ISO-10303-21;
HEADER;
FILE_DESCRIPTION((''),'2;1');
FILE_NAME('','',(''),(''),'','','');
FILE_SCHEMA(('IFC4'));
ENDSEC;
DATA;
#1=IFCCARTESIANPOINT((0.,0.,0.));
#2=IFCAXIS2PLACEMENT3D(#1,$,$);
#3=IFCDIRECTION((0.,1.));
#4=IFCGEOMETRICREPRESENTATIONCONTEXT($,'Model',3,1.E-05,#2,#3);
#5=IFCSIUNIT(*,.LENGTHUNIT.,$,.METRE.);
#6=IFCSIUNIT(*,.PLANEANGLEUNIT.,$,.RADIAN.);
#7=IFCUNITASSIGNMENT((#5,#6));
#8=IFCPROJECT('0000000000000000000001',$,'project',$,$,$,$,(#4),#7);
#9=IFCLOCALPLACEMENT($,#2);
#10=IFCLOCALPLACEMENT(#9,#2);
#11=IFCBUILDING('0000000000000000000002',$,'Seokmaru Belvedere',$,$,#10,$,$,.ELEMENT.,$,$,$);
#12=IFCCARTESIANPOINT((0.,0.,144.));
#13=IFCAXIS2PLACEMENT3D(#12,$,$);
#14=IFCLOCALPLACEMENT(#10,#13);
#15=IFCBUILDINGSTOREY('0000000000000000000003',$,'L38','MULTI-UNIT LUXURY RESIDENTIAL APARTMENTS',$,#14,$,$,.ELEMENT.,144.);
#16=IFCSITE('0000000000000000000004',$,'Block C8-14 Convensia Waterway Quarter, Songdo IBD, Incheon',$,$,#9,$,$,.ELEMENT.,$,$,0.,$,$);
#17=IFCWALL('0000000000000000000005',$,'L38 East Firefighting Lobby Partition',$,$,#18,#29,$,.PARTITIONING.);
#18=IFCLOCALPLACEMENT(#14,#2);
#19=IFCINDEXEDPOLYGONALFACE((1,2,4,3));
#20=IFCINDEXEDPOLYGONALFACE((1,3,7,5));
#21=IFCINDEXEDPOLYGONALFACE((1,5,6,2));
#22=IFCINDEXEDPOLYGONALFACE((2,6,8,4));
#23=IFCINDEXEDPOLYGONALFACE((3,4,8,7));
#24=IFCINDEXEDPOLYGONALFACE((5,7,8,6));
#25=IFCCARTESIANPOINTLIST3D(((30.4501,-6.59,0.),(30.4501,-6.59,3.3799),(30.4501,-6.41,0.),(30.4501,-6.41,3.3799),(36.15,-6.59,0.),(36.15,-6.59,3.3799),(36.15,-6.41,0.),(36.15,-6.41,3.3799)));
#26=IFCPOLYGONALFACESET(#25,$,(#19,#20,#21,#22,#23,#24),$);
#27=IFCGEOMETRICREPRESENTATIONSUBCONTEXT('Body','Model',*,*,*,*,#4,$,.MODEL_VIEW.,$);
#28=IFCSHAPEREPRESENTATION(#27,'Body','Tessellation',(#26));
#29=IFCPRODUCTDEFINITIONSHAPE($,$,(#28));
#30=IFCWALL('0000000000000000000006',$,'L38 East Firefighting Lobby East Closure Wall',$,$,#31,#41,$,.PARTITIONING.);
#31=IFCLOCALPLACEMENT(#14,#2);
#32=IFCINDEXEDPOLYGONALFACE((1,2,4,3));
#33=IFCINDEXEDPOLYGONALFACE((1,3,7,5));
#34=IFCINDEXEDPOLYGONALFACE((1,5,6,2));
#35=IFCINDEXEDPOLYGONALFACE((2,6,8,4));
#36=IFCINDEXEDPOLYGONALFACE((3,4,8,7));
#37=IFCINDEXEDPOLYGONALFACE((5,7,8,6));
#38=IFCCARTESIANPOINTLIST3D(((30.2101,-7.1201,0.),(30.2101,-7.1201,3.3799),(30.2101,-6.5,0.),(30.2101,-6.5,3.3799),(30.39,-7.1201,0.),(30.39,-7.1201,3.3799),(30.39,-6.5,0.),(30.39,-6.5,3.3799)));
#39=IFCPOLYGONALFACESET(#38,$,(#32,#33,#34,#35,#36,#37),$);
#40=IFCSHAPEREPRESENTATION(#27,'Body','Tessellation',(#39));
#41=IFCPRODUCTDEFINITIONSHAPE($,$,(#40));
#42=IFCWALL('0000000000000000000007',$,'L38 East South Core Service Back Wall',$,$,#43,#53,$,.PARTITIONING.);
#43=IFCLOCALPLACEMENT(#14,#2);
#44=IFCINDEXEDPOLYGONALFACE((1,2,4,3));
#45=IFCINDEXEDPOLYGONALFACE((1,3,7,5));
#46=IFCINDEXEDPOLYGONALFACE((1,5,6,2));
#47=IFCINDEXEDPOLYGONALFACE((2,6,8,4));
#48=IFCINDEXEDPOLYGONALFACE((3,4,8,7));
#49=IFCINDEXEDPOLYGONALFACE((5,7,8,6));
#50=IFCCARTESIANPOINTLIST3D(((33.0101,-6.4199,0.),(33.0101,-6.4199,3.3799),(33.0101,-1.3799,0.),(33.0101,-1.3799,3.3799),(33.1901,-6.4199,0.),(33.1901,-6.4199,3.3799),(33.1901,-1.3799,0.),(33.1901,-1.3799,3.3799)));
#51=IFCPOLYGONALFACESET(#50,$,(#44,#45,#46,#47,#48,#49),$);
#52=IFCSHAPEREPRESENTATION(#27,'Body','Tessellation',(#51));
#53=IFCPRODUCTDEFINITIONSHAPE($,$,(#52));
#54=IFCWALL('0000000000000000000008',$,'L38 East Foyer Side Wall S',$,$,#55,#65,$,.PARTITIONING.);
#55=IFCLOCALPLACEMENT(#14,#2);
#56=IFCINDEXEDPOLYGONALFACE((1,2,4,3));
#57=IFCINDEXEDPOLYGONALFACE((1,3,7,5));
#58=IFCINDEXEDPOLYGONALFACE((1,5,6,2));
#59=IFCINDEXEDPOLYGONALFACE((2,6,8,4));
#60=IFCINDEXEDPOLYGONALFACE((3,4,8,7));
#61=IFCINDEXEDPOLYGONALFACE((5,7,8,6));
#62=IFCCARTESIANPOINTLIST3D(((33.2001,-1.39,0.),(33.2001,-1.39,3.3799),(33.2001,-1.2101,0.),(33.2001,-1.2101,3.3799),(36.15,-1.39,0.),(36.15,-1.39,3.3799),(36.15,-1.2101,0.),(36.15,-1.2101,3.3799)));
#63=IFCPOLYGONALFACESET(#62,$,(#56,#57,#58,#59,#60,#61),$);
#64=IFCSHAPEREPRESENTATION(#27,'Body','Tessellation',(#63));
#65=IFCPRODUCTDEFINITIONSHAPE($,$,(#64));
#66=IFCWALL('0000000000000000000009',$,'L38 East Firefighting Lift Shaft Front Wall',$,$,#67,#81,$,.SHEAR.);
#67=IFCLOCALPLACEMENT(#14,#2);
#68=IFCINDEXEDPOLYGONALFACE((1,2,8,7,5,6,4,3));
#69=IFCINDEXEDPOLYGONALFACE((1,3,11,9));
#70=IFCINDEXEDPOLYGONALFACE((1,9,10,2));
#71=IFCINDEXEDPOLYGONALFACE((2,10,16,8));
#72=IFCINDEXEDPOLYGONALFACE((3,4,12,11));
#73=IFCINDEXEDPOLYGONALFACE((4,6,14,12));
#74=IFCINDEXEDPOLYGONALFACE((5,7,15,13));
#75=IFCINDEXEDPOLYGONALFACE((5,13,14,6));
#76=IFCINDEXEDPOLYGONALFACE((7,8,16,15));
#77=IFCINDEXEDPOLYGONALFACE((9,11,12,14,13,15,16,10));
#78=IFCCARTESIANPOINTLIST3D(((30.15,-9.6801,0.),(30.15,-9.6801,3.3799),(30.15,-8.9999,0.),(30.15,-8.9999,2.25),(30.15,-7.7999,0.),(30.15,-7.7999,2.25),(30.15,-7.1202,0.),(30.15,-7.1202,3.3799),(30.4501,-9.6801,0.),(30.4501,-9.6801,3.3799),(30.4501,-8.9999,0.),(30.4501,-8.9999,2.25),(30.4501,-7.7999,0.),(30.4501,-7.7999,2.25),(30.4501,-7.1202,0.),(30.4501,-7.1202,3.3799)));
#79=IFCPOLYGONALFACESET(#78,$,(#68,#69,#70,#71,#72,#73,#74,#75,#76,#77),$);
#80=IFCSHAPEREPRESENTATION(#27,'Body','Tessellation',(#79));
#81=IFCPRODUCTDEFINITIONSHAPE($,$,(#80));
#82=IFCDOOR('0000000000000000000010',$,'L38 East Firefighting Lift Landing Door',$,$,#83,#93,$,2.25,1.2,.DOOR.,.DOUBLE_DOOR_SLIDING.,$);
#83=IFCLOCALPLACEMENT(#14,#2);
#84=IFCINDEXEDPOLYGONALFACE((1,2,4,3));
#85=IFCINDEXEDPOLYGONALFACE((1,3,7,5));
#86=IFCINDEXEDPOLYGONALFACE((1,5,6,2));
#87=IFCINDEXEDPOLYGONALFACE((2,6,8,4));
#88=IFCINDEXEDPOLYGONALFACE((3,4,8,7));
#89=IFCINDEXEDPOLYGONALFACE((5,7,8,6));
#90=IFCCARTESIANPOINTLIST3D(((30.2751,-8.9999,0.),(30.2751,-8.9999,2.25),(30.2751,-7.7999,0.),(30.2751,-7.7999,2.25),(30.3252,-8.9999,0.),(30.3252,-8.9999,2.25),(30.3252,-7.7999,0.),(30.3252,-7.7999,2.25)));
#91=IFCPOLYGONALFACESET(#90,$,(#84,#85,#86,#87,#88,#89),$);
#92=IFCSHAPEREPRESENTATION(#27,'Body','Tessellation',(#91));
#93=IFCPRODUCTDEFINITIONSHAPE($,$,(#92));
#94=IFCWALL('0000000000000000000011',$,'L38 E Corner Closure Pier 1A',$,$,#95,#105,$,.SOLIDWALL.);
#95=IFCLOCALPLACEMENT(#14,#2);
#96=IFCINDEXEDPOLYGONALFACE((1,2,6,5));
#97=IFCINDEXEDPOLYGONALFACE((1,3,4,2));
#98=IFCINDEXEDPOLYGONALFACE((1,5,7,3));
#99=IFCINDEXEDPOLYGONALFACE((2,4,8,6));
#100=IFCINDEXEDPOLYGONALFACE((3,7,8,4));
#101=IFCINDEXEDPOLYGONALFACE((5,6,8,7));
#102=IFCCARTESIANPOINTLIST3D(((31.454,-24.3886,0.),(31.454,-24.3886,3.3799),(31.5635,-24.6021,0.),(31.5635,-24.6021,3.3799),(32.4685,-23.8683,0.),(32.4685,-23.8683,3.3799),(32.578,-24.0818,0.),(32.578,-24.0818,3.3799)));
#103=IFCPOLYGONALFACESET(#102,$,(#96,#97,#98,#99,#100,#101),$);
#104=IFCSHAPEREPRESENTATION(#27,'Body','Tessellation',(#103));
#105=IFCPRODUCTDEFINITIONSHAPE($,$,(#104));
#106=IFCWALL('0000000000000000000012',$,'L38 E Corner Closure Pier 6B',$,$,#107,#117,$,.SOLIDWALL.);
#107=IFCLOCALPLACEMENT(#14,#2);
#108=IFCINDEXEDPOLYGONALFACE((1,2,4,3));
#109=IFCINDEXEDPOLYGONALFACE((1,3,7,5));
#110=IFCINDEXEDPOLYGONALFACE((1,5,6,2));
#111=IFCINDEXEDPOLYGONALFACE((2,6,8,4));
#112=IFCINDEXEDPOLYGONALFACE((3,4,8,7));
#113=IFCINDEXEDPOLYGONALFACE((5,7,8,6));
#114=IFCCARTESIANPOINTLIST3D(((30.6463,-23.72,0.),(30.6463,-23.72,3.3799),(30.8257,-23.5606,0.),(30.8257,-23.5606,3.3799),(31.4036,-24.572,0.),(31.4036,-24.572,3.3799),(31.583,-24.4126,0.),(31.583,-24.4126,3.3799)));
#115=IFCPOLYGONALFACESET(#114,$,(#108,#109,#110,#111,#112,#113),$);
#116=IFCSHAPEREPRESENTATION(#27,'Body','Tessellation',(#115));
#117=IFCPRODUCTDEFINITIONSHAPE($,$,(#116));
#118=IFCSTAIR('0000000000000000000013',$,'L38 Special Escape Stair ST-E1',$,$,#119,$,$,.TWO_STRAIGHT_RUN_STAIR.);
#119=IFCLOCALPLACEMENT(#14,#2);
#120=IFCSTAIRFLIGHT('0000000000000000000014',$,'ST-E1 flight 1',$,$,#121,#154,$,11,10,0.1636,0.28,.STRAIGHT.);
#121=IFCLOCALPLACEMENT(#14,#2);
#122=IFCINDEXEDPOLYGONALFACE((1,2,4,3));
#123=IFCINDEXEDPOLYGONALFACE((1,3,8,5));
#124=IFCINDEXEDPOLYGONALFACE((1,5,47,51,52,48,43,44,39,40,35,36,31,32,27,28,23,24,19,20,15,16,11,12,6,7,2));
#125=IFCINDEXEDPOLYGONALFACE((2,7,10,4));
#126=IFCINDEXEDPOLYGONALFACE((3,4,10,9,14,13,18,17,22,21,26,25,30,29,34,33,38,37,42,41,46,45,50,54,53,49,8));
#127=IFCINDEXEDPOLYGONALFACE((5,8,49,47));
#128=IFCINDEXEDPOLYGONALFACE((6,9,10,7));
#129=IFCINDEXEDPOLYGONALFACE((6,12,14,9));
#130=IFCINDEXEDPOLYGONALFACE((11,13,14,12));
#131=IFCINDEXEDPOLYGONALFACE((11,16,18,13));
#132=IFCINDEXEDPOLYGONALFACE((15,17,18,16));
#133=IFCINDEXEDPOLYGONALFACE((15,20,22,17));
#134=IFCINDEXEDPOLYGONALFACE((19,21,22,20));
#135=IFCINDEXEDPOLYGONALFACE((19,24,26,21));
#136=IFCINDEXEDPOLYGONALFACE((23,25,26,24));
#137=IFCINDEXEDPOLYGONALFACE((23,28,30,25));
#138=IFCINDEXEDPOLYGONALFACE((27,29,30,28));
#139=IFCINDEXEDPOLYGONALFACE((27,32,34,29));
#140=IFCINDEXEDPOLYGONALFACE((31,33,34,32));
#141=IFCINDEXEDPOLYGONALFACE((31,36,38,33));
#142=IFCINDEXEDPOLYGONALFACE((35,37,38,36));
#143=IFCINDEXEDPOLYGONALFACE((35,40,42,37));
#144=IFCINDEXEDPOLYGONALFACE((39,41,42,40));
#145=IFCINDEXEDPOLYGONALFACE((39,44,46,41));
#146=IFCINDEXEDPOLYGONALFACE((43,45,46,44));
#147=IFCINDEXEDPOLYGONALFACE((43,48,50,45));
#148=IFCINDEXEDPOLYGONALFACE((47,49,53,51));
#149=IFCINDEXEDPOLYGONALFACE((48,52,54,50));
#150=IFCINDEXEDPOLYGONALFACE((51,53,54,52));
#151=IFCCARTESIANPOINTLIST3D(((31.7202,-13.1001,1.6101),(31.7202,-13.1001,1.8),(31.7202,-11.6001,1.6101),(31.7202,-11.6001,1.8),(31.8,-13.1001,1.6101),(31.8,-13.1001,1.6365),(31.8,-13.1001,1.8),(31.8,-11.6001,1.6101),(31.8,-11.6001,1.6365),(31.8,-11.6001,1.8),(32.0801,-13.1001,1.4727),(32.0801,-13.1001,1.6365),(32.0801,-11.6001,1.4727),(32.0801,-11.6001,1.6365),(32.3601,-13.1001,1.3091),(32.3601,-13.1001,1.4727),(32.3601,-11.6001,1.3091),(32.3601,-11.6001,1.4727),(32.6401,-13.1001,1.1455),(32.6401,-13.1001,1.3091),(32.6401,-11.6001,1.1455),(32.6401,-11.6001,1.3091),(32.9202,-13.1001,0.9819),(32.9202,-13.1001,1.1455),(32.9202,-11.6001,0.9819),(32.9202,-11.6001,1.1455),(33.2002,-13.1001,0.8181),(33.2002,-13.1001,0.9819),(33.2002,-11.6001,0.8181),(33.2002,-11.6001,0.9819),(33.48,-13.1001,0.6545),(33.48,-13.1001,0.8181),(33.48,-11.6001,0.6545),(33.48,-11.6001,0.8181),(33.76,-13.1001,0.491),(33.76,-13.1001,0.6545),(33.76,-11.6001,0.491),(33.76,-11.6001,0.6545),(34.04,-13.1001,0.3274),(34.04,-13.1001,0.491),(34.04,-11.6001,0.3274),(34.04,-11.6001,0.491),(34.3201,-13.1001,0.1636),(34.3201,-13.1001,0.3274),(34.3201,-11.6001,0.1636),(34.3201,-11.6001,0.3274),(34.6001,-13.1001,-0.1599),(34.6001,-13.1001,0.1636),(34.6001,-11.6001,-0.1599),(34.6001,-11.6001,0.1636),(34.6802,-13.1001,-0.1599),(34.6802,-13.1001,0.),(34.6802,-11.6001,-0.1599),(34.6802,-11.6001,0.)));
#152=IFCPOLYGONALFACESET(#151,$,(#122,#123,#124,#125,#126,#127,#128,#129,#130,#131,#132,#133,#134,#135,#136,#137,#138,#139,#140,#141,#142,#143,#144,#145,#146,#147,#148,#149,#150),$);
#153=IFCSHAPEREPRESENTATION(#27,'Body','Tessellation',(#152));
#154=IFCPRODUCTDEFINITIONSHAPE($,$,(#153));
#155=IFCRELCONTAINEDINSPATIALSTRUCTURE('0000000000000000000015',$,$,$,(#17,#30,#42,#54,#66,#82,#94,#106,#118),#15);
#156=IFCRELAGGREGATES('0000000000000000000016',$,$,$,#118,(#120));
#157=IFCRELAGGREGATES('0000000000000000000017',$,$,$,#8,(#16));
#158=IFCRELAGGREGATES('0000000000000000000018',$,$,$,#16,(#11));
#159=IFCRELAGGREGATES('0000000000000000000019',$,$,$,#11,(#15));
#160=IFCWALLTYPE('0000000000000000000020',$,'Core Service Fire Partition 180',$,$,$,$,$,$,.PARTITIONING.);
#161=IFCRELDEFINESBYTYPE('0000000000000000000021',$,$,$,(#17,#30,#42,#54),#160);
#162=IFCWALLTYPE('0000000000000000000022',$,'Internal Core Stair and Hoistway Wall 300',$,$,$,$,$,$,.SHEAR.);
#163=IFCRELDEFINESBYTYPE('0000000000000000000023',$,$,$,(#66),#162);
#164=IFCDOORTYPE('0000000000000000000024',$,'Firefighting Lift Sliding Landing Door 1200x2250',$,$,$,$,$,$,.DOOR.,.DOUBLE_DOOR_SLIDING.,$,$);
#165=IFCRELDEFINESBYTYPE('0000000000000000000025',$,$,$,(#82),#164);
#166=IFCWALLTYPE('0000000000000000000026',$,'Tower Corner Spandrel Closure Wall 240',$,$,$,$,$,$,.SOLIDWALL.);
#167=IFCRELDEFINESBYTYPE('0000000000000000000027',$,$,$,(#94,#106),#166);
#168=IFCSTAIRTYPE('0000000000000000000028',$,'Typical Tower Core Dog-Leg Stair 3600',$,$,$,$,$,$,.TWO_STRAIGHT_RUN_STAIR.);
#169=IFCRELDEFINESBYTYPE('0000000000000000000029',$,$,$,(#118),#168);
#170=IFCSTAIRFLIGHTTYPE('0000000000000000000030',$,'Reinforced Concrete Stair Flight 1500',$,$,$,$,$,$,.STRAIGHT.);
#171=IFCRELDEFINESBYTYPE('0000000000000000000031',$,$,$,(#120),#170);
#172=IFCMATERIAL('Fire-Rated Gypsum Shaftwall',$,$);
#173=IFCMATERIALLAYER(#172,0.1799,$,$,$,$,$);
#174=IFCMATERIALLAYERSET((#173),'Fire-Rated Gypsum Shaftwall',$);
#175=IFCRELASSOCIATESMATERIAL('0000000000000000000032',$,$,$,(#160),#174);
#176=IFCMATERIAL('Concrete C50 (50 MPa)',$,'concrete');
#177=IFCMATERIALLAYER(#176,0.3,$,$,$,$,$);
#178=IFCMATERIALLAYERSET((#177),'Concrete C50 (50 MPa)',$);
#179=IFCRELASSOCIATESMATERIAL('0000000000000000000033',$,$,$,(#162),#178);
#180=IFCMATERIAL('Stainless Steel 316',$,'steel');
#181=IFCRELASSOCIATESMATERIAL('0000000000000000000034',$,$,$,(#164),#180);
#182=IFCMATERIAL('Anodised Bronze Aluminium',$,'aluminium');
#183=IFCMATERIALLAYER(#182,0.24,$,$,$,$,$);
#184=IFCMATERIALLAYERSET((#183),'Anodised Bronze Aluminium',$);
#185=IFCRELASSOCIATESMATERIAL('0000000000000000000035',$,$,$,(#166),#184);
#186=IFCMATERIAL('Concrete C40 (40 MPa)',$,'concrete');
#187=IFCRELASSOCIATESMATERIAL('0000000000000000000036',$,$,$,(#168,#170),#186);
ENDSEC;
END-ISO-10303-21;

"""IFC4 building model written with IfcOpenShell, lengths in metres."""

from ifc_helpers import new_model, si_unit, direction, frame, frame_2d, origin, place, context, subcontext, project, spatial, polyline, rectangle, outline, extrude, source, transform, mapped, material, layer, layer_set, type_object, type_shapes, element, fill, aggregate, save


model = new_model("IFC4")

# Units and contexts
model_context = context("Model", 3, precision=1e-05, world=origin(), true_north=direction((0.0, 1.0)))
body_context = subcontext(model_context, "Body", "Model", "MODEL_VIEW")
ifc_project = project(units=[si_unit("LENGTHUNIT", "METRE"), si_unit("PLANEANGLEUNIT", "RADIAN")], contexts=[model_context])

# Site, building, storey
site_placement = place(None, origin())
site = spatial("IfcSite", under=ifc_project, at=site_placement, Name="Block C8-14 Convensia Waterway Quarter, Songdo IBD, Incheon", CompositionType="ELEMENT", RefElevation=0.0)
building_placement = place(site_placement, origin())
building = spatial("IfcBuilding", under=site, at=building_placement, Name="Seokmaru Belvedere", CompositionType="ELEMENT")
storey_placement = place(building_placement, frame((0.0, 0.0, 144.0)))
storey = spatial("IfcBuildingStorey", under=building, at=storey_placement, Name="L38", Description="MULTI-UNIT LUXURY RESIDENTIAL APARTMENTS", CompositionType="ELEMENT", Elevation=144.0)

# Shared definitions
ifc_material_1 = material(Name="Anodised Bronze Aluminium", Category="aluminium")

# Walls
ifc_material_2 = material(Name="Fire-Rated Gypsum Shaftwall")
ifc_layer_1 = layer(ifc_material_2, 0.1799)
ifc_layer_set_1 = layer_set([ifc_layer_1], Name="Fire-Rated Gypsum Shaftwall")
wall_type_1 = type_object("IfcWallType", Name="Core Service Fire Partition 180", PredefinedType="PARTITIONING", material=ifc_layer_set_1)
wall_1_placement = place(storey_placement, frame((30.45, -6.5, 0.0), z_axis=(0.0, 0.0, 1.0), x_axis=(1.0, 0.0, 0.0)))
element("IfcWall", 1, at=wall_1_placement, inside=storey, type_object=wall_type_1, Name="L38 East Firefighting Lobby Partition", PredefinedType="PARTITIONING", context=body_context, shape_type="SweptSolid", body=[
    extrude(rectangle(XDim=5.7, YDim=0.1799, at=frame_2d((2.8501, 0.0))), origin(), (0.0, 0.0, 1.0), 3.3799),
])
wall_2_placement = place(storey_placement, frame((30.3, -7.1201, 0.0), z_axis=(0.0, 0.0, 1.0), x_axis=(0.0, 1.0, 0.0)))
element("IfcWall", 2, at=wall_2_placement, inside=storey, type_object=wall_type_1, Name="L38 East Firefighting Lobby East Closure Wall", PredefinedType="PARTITIONING", context=body_context, shape_type="SweptSolid", body=[
    extrude(rectangle(XDim=0.6201, YDim=0.1799, at=frame_2d((0.3101, 0.0))), origin(), (0.0, 0.0, 1.0), 3.3799),
])
wall_3_placement = place(storey_placement, frame((33.1001, -6.4199, 0.0), z_axis=(0.0, 0.0, 1.0), x_axis=(0.0, 1.0, 0.0)))
element("IfcWall", 3, at=wall_3_placement, inside=storey, type_object=wall_type_1, Name="L38 East South Core Service Back Wall", PredefinedType="PARTITIONING", context=body_context, shape_type="SweptSolid", body=[
    extrude(rectangle(XDim=5.04, YDim=0.1799, at=frame_2d((2.52, 0.0))), origin(), (0.0, 0.0, 1.0), 3.3799),
])
wall_4_placement = place(storey_placement, frame((33.2, -1.3, 0.0), z_axis=(0.0, 0.0, 1.0), x_axis=(1.0, 0.0, 0.0)))
element("IfcWall", 4, at=wall_4_placement, inside=storey, type_object=wall_type_1, Name="L38 East Foyer Side Wall S", PredefinedType="PARTITIONING", context=body_context, shape_type="SweptSolid", body=[
    extrude(rectangle(XDim=2.95, YDim=0.1799, at=frame_2d((1.4751, 0.0))), origin(), (0.0, 0.0, 1.0), 3.3799),
])

# Wall, opening, door
ifc_material_3 = material(Name="Concrete C50 (50 MPa)", Category="concrete")
ifc_layer_2 = layer(ifc_material_3, 0.3)
ifc_layer_set_2 = layer_set([ifc_layer_2], Name="Concrete C50 (50 MPa)")
wall_type_2 = type_object("IfcWallType", Name="Internal Core Stair and Hoistway Wall 300", PredefinedType="SHEAR", material=ifc_layer_set_2)
wall_5_placement = place(storey_placement, frame((30.3, -9.6799, 0.0), z_axis=(0.0, 0.0, 1.0), x_axis=(0.0, 1.0, 0.0)))
wall_5 = element("IfcWall", 5, at=wall_5_placement, inside=storey, type_object=wall_type_2, Name="L38 East Firefighting Lift Shaft Front Wall", PredefinedType="SHEAR", context=body_context, shape_type="SweptSolid", body=[
    extrude(rectangle(XDim=2.5598, YDim=0.3, at=frame_2d((1.2798, 0.0))), origin(), (0.0, 0.0, 1.0), 3.3799),
])
opening_placement = place(wall_5_placement, frame((0.6799, 0.0, 0.0)))
opening = element("IfcOpeningElement", 6, at=opening_placement, cuts=wall_5, PredefinedType="OPENING", context=body_context, shape_type="SweptSolid", body=[
    extrude(rectangle(XDim=1.2, YDim=2.25, at=frame_2d((0.6001, 1.125))), frame((0.0, 0.1602, 0.0), z_axis=(0.0, -1.0, 0.0), x_axis=(1.0, 0.0, 0.0)), (0.0, 0.0, 1.0), 0.3201),
])
ifc_material_4 = material(Name="Stainless Steel 316", Category="steel")
door_type = type_object("IfcDoorType", Name="Firefighting Lift Sliding Landing Door 1200x2250", OperationType="DOUBLE_DOOR_SLIDING", PredefinedType="DOOR", material=ifc_material_4)
shared_shape_1 = source(origin(), body_context, "Body", "SweptSolid", [
    extrude(rectangle(XDim=1.2, YDim=2.25, at=frame_2d((0.6001, 1.125))), frame((0.0, 0.0249, 0.0), z_axis=(0.0, -1.0, 0.0), x_axis=(1.0, 0.0, 0.0)), (0.0, 0.0, 1.0), 0.05),
])
type_shapes(door_type, [shared_shape_1])
door_placement = place(opening_placement, origin())
door = element("IfcDoor", 7, at=door_placement, inside=storey, type_object=door_type, Name="L38 East Firefighting Lift Landing Door", OperationType="DOUBLE_DOOR_SLIDING", OverallHeight=2.25, OverallWidth=1.2, PredefinedType="DOOR", context=body_context, shape_type="MappedRepresentation", body=[
    mapped(shared_shape_1, transform((0.0, 0.0, 0.0), scale=1.0)),
])
fill(opening, door)

# Walls
ifc_layer_3 = layer(ifc_material_1, 0.24)
ifc_layer_set_3 = layer_set([ifc_layer_3], Name="Anodised Bronze Aluminium")
wall_type_3 = type_object("IfcWallType", Name="Tower Corner Spandrel Closure Wall 240", PredefinedType="SOLIDWALL", material=ifc_layer_set_3)
wall_6_placement = place(storey_placement, frame((31.5088, -24.4954, 0.0), z_axis=(0.0, 0.0, 1.0), x_axis=(0.889797, 0.456356, 0.0)))
element("IfcWall", 8, at=wall_6_placement, inside=storey, type_object=wall_type_3, Name="L38 E Corner Closure Pier 1A", PredefinedType="SOLIDWALL", context=body_context, shape_type="SweptSolid", body=[
    extrude(rectangle(XDim=1.1401, YDim=0.24, at=frame_2d((0.5701, 0.0))), origin(), (0.0, 0.0, 1.0), 3.3799),
])
wall_7_placement = place(storey_placement, frame((30.7361, -23.6404, 0.0), z_axis=(0.0, 0.0, 1.0), x_axis=(0.664337, -0.747433, 0.0)))
element("IfcWall", 9, at=wall_7_placement, inside=storey, type_object=wall_type_3, Name="L38 E Corner Closure Pier 6B", PredefinedType="SOLIDWALL", context=body_context, shape_type="SweptSolid", body=[
    extrude(rectangle(XDim=1.1399, YDim=0.24, at=frame_2d((0.5698, 0.0))), origin(), (0.0, 0.0, 1.0), 3.3799),
])

# Stair, stair flight
ifc_material_5 = material(Name="Concrete C40 (40 MPa)", Category="concrete")
stair_type = type_object("IfcStairType", Name="Typical Tower Core Dog-Leg Stair 3600", PredefinedType="TWO_STRAIGHT_RUN_STAIR", material=ifc_material_5)
stair_placement = place(storey_placement, origin())
stair = element("IfcStair", 10, at=stair_placement, inside=storey, type_object=stair_type, Name="L38 Special Escape Stair ST-E1", PredefinedType="TWO_STRAIGHT_RUN_STAIR")
stair_flight_type = type_object("IfcStairFlightType", Name="Reinforced Concrete Stair Flight 1500", PredefinedType="STRAIGHT", material=ifc_material_5)
stair_flight_1_placement = place(storey_placement, frame((34.6001, -12.3501, 0.0), z_axis=(0.0, 0.0, 1.0), x_axis=(-1.0, 0.0, 0.0)))
stair_flight_1 = element("IfcStairFlight", 11, at=stair_flight_1_placement, type_object=stair_flight_type, Name="ST-E1 flight 1", NumberOfRisers=11, NumberOfTreads=10, PredefinedType="STRAIGHT", RiserHeight=0.1636, TreadLength=0.28, context=body_context, shape_type="SweptSolid", body=[
    extrude(outline(polyline([(-0.0801, 0.0), (0.0, 0.1636), (0.28, 0.1636), (0.28, 0.3274), (0.5601, 0.3274), (0.5601, 0.491), (0.8401, 0.491), (0.8401, 0.6545), (1.1201, 0.6545), (1.1201, 0.8181), (1.3999, 0.8181), (1.3999, 0.9819), (1.6799, 0.9819), (1.6799, 1.1455), (1.96, 1.1455), (1.96, 1.3091), (2.24, 1.3091), (2.24, 1.4727), (2.52, 1.4727), (2.52, 1.6365), (2.8, 1.6365), (2.8, 1.8), (2.8799, 1.8), (2.8799, 1.6101), (2.8, 1.6101), (0.0, -0.1599), (-0.0801, -0.1599), (-0.0801, 0.0)])), frame((0.0, 0.75, 0.0), z_axis=(0.0, -1.0, 0.0), x_axis=(1.0, 0.0, 0.0)), (0.0, 0.0, 1.0), 1.5),
])
aggregate(stair, [stair_flight_1])

save(model, "model.ifc")
